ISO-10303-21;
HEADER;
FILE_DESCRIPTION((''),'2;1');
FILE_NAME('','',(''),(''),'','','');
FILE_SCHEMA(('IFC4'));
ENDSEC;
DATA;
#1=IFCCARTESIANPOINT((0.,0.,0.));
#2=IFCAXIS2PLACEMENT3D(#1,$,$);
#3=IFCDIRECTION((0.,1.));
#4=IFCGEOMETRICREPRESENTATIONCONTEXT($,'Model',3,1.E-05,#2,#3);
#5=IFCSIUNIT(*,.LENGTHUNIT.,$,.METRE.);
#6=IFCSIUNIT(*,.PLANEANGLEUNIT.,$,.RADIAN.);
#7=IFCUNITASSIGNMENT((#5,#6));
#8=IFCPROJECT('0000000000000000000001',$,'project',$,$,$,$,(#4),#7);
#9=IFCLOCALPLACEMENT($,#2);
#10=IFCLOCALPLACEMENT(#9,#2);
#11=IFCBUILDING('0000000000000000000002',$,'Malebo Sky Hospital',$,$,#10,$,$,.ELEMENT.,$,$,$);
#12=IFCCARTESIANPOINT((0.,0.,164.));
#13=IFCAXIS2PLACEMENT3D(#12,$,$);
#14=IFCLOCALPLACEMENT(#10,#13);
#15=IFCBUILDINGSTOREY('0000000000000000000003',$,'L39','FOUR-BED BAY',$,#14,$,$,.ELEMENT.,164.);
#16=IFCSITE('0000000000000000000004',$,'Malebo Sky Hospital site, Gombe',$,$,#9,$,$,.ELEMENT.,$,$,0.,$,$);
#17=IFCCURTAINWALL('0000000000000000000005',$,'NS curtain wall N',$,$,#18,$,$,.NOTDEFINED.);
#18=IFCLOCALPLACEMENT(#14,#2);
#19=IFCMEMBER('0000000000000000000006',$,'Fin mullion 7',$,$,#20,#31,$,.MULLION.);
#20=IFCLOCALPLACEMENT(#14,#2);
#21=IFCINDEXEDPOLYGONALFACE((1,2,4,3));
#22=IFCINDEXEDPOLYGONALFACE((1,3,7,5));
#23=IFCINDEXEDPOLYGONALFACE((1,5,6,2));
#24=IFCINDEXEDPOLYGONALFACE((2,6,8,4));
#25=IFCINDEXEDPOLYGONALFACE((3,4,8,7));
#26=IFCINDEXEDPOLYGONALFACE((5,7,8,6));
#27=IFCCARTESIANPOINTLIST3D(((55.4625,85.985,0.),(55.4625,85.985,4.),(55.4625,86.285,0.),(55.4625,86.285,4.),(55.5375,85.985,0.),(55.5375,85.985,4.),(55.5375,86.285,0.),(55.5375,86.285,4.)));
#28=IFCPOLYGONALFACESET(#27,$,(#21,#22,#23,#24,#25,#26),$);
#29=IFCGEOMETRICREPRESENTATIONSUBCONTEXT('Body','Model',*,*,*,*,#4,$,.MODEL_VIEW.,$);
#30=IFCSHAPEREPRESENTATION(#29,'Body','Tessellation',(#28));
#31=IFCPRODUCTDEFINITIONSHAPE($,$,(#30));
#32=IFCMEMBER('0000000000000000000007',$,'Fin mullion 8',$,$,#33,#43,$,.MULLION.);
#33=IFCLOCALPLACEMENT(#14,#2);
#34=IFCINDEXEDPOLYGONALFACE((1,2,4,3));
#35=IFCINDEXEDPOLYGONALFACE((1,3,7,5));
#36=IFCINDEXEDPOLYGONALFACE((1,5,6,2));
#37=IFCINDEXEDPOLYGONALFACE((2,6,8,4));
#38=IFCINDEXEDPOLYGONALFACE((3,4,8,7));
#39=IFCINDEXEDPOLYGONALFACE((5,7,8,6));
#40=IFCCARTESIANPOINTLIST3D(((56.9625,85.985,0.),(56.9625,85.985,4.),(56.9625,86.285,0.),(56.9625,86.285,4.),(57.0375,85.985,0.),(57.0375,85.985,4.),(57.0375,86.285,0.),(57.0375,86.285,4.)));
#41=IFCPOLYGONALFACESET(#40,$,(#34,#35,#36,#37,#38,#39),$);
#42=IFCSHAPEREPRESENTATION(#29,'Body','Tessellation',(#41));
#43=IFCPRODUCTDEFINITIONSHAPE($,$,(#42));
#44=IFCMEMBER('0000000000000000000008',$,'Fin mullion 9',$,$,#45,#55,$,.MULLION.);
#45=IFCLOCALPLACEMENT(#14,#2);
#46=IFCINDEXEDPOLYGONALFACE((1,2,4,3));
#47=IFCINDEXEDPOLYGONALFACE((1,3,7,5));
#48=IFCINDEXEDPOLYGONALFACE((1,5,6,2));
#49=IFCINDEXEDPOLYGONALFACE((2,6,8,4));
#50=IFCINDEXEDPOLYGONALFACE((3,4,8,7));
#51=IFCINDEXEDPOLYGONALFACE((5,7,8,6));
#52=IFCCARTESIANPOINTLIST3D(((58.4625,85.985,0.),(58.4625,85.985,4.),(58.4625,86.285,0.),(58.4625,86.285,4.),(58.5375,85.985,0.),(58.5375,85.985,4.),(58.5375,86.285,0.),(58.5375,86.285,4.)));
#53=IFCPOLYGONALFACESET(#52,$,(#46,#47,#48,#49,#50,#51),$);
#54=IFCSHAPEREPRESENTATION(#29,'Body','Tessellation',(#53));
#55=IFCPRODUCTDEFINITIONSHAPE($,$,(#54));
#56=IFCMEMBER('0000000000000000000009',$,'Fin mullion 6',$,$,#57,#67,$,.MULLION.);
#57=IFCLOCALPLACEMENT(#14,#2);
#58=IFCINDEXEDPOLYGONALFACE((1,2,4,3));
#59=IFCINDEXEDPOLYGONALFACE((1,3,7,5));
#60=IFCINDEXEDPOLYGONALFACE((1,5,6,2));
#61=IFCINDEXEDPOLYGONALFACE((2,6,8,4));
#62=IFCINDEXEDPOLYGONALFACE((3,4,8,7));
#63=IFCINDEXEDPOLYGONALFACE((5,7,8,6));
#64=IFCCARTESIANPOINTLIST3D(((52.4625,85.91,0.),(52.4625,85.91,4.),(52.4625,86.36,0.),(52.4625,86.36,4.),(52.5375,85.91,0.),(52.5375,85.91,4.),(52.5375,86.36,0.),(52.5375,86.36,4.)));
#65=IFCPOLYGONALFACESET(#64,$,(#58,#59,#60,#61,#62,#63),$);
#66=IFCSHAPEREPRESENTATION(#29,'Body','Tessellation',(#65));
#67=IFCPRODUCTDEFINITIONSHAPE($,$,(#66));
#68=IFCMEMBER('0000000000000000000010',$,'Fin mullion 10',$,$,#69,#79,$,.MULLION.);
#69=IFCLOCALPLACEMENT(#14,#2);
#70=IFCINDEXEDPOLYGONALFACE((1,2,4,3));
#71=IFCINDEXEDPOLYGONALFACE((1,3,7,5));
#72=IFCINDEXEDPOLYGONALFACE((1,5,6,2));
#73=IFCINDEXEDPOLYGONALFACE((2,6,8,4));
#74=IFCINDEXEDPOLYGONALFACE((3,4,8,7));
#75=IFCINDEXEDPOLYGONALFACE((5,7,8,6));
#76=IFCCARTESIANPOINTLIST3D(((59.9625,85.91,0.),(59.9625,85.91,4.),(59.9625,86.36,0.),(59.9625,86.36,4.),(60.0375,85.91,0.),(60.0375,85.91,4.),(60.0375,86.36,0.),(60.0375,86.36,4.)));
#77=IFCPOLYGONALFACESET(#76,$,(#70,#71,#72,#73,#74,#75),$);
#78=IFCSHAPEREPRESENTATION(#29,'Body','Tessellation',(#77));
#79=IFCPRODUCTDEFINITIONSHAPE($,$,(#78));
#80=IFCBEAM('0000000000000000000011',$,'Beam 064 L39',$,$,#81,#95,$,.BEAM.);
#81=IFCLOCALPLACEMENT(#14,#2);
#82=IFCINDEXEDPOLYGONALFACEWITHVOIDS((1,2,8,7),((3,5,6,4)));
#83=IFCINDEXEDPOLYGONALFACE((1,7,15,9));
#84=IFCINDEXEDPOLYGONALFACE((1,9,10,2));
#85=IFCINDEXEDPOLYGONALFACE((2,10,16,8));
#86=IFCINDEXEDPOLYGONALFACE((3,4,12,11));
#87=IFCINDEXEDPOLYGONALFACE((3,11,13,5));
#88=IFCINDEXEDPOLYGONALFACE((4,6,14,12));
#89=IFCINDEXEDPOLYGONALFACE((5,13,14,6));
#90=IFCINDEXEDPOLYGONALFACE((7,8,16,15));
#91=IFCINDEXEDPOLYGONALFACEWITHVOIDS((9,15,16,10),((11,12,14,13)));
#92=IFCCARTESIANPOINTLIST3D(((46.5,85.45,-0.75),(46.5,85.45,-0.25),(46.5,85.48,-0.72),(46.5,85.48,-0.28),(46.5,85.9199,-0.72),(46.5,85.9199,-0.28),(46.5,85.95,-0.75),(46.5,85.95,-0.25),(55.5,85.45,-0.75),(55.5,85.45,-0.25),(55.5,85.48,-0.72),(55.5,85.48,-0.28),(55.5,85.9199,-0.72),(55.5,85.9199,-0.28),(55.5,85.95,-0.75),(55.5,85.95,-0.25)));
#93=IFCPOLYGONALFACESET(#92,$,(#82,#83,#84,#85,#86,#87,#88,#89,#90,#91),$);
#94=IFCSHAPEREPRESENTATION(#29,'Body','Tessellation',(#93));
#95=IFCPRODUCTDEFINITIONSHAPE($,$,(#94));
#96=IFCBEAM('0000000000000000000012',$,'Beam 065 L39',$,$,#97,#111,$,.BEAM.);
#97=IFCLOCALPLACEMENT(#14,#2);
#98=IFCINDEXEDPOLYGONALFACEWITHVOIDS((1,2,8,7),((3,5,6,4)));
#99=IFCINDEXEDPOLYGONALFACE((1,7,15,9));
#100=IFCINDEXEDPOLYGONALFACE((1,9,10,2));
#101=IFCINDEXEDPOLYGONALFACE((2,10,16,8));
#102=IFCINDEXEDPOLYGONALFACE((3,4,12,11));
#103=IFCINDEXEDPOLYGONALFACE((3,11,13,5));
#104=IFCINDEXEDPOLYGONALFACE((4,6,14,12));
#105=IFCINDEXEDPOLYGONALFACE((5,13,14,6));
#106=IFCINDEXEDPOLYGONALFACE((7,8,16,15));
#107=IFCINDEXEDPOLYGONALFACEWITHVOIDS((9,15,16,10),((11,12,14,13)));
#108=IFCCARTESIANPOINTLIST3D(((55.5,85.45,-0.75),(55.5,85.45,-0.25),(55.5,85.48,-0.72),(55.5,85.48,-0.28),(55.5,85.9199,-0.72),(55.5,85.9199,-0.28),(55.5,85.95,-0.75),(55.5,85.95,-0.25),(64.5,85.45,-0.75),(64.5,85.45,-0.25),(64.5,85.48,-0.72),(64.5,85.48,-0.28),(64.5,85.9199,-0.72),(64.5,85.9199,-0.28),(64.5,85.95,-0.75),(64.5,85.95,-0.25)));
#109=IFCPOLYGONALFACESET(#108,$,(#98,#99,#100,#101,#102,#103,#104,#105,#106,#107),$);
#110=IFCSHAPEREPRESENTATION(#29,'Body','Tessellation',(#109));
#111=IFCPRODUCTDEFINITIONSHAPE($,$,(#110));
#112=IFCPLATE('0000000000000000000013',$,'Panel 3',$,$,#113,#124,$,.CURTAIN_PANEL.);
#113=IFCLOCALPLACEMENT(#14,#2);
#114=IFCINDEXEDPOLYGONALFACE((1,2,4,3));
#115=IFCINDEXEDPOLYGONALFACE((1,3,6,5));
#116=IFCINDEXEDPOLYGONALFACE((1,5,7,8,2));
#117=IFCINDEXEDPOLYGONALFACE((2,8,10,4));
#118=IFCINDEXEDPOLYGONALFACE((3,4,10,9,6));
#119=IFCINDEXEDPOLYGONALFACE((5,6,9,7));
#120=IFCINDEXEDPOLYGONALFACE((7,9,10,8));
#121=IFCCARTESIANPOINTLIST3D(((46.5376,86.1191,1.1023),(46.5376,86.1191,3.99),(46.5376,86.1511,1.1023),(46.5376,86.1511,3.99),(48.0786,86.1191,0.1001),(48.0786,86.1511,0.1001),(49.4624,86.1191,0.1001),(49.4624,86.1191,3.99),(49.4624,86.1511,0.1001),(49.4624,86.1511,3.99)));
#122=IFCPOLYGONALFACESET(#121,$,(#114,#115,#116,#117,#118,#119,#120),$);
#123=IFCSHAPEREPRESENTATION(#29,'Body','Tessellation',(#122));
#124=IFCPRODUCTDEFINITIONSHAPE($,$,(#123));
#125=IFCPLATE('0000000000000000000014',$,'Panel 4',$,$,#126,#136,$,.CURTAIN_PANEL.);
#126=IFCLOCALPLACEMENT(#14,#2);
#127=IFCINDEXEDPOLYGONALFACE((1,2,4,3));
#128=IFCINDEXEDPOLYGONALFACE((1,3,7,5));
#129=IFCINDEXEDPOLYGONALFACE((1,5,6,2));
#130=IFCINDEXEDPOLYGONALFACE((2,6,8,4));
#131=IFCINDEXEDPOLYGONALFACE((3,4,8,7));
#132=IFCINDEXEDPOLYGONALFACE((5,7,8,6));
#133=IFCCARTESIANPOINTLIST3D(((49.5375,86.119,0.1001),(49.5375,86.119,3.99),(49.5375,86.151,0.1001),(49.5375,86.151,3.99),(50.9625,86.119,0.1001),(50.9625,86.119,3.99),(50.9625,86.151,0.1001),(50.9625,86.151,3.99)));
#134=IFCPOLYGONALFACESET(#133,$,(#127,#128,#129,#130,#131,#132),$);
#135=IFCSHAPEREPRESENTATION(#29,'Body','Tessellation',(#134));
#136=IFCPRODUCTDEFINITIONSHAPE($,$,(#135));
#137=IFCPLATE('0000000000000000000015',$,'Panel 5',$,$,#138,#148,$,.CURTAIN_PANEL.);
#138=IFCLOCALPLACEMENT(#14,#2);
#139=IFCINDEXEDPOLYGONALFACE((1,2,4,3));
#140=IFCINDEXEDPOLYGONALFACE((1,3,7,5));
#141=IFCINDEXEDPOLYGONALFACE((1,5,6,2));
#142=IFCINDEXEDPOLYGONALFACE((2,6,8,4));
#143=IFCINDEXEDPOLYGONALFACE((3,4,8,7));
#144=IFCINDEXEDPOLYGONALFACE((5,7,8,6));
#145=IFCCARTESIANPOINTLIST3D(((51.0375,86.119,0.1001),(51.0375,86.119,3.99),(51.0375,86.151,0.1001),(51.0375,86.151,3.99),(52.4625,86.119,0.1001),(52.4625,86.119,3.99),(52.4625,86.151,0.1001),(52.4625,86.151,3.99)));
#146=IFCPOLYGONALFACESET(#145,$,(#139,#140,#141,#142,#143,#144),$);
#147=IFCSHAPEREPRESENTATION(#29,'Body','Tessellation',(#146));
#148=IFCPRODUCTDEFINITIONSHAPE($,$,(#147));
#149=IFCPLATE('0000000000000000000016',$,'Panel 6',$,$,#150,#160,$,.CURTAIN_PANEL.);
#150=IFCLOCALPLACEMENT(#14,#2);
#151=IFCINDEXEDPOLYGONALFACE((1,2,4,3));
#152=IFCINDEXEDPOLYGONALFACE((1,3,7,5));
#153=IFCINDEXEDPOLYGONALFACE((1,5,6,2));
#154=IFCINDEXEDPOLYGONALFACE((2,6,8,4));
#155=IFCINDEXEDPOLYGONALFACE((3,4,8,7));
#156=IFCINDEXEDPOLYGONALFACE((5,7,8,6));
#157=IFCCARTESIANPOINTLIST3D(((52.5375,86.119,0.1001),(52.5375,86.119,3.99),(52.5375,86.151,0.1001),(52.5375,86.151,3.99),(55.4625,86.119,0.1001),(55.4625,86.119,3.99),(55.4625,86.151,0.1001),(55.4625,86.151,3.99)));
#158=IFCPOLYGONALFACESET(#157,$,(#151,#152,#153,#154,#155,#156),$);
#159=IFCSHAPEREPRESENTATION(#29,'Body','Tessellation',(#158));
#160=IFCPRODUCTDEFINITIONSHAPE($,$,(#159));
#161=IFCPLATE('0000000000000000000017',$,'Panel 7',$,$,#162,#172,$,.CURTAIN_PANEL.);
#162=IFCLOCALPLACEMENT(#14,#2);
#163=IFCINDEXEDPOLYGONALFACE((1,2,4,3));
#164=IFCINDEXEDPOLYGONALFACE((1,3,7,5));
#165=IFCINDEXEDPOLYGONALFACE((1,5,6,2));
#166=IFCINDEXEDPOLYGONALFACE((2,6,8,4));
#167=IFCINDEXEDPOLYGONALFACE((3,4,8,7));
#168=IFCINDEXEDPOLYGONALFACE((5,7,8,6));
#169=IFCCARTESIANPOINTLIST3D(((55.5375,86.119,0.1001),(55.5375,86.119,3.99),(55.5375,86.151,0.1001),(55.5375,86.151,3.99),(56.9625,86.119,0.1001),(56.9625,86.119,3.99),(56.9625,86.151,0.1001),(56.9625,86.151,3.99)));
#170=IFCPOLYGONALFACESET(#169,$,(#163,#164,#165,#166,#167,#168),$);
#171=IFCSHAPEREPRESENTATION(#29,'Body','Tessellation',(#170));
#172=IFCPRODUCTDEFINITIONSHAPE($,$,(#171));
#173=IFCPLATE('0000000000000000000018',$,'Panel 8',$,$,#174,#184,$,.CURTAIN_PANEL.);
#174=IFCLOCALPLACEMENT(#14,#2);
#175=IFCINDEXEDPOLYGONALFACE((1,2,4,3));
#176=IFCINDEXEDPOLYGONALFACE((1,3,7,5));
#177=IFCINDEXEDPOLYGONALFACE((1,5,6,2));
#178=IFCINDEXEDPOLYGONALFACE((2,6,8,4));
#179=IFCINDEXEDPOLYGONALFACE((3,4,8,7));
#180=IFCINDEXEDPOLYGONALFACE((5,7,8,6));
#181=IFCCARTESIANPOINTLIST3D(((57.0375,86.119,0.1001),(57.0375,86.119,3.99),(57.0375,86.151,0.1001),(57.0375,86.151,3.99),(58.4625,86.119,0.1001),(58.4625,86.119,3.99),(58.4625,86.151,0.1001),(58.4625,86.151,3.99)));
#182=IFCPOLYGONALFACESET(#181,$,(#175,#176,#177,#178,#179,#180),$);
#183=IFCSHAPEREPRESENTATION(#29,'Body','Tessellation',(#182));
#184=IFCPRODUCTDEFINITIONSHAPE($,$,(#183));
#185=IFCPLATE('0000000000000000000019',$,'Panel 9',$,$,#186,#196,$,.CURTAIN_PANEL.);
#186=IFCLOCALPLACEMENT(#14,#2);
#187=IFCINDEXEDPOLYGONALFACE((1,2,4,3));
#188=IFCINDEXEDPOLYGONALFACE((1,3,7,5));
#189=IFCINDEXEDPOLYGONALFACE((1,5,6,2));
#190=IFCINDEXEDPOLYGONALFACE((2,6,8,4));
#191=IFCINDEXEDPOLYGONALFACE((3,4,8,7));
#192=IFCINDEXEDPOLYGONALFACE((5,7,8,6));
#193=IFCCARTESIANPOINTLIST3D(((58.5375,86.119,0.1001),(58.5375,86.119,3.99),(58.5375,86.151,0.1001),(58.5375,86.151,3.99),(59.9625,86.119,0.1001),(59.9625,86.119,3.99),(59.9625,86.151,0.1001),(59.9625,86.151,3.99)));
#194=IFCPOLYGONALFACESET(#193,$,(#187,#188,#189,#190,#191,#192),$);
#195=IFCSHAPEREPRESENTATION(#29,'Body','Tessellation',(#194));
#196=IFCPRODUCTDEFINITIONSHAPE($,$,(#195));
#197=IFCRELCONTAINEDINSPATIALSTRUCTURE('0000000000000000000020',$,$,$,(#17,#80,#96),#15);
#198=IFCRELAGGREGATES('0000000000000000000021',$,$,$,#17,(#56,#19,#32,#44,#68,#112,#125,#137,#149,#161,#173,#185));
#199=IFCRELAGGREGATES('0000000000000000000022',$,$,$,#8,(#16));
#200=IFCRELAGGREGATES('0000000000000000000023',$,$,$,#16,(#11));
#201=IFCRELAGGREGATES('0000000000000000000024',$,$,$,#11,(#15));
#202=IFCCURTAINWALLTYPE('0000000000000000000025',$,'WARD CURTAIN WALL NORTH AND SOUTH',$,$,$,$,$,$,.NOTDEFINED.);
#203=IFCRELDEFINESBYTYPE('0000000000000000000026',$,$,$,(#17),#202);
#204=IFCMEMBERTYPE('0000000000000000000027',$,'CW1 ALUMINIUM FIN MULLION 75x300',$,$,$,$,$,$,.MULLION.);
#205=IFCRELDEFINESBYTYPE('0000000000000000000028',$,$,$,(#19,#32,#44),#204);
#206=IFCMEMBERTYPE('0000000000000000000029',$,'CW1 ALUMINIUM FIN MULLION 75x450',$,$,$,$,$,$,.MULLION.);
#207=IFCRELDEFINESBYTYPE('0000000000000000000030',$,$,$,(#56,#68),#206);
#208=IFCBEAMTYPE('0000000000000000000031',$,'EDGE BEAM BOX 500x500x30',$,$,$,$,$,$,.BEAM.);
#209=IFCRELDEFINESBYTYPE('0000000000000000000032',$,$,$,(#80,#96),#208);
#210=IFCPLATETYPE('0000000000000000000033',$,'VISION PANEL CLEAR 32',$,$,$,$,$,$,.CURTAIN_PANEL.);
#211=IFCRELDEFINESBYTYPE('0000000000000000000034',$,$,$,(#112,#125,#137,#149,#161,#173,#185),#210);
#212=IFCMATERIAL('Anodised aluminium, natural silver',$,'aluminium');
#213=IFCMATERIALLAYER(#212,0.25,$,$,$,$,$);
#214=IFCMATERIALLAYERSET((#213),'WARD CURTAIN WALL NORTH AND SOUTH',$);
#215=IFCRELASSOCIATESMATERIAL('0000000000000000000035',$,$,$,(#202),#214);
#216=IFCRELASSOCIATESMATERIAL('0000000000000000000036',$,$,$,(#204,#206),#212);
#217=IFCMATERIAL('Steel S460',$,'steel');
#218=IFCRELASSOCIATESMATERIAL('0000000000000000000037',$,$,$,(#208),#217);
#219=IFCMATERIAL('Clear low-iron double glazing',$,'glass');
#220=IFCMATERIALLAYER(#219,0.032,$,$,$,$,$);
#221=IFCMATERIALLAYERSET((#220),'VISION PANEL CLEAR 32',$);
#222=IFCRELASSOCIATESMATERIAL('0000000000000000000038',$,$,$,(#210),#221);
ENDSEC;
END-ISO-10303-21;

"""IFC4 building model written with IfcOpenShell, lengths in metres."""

from ifc_helpers import new_model, si_unit, direction, frame, origin, origin_2d, place, context, subcontext, project, spatial, polyline, rectangle, hollow_rectangle, outline, extrude, material, layer, layer_set, material_profile, profile_set, type_object, element, aggregate, save


model = new_model("IFC4")

# Units and contexts
model_context = context("Model", 3, precision=1e-05, world=origin(), true_north=direction((0.0, 1.0)))
body_context = subcontext(model_context, "Body", "Model", "MODEL_VIEW")
ifc_project = project(units=[si_unit("LENGTHUNIT", "METRE"), si_unit("PLANEANGLEUNIT", "RADIAN")], contexts=[model_context])

# Site, building, storey
site_placement = place(None, origin())
site = spatial("IfcSite", under=ifc_project, at=site_placement, Name="Malebo Sky Hospital site, Gombe", CompositionType="ELEMENT", RefElevation=0.0)
building_placement = place(site_placement, origin())
building = spatial("IfcBuilding", under=site, at=building_placement, Name="Malebo Sky Hospital", CompositionType="ELEMENT")
storey_placement = place(building_placement, frame((0.0, 0.0, 164.0)))
storey = spatial("IfcBuildingStorey", under=building, at=storey_placement, Name="L39", Description="FOUR-BED BAY", CompositionType="ELEMENT", Elevation=164.0)

# Shared definitions
ifc_material_1 = material(Name="Steel S460", Category="steel")

# Curtain wall
ifc_material_2 = material(Name="Anodised aluminium, natural silver", Category="aluminium")
ifc_layer_1 = layer(ifc_material_2, 0.25)
ifc_layer_set_1 = layer_set([ifc_layer_1], Name="WARD CURTAIN WALL NORTH AND SOUTH")
curtain_wall_type = type_object("IfcCurtainWallType", Name="WARD CURTAIN WALL NORTH AND SOUTH", PredefinedType="NOTDEFINED", material=ifc_layer_set_1)
curtain_wall_placement = place(storey_placement, origin())
curtain_wall = element("IfcCurtainWall", 1, at=curtain_wall_placement, inside=storey, type_object=curtain_wall_type, Name="NS curtain wall N", PredefinedType="NOTDEFINED")

# Members
ifc_material_profile_1 = material_profile(ifc_material_2, rectangle(XDim=0.075, YDim=0.3, at=origin_2d()), Name="CW1 ALUMINIUM FIN MULLION 75x300")
ifc_profile_set_1 = profile_set([ifc_material_profile_1], Name="Anodised aluminium, natural silver")
member_type_1 = type_object("IfcMemberType", Name="CW1 ALUMINIUM FIN MULLION 75x300", PredefinedType="MULLION", material=ifc_profile_set_1)
member_1_placement = place(storey_placement, frame((55.5, 86.135, 0.0), z_axis=(0.0, 0.0, 1.0), x_axis=(1.0, 0.0, 0.0)))
member_1 = element("IfcMember", 2, at=member_1_placement, type_object=member_type_1, Name="Fin mullion 7", PredefinedType="MULLION", context=body_context, shape_type="SweptSolid", body=[
    extrude(rectangle(XDim=0.075, YDim=0.3, at=origin_2d()), origin(), (0.0, 0.0, 1.0), 4.0),
])
member_2_placement = place(storey_placement, frame((57.0, 86.135, 0.0), z_axis=(0.0, 0.0, 1.0), x_axis=(1.0, 0.0, 0.0)))
member_2 = element("IfcMember", 3, at=member_2_placement, type_object=member_type_1, Name="Fin mullion 8", PredefinedType="MULLION", context=body_context, shape_type="SweptSolid", body=[
    extrude(rectangle(XDim=0.075, YDim=0.3, at=origin_2d()), origin(), (0.0, 0.0, 1.0), 4.0),
])
member_3_placement = place(storey_placement, frame((58.5, 86.135, 0.0), z_axis=(0.0, 0.0, 1.0), x_axis=(1.0, 0.0, 0.0)))
member_3 = element("IfcMember", 4, at=member_3_placement, type_object=member_type_1, Name="Fin mullion 9", PredefinedType="MULLION", context=body_context, shape_type="SweptSolid", body=[
    extrude(rectangle(XDim=0.075, YDim=0.3, at=origin_2d()), origin(), (0.0, 0.0, 1.0), 4.0),
])
ifc_material_profile_2 = material_profile(ifc_material_2, rectangle(XDim=0.075, YDim=0.45, at=origin_2d()), Name="CW1 ALUMINIUM FIN MULLION 75x450")
ifc_profile_set_2 = profile_set([ifc_material_profile_2], Name="Anodised aluminium, natural silver")
member_type_2 = type_object("IfcMemberType", Name="CW1 ALUMINIUM FIN MULLION 75x450", PredefinedType="MULLION", material=ifc_profile_set_2)
member_4_placement = place(storey_placement, frame((52.5, 86.135, 0.0), z_axis=(0.0, 0.0, 1.0), x_axis=(1.0, 0.0, 0.0)))
member_4 = element("IfcMember", 5, at=member_4_placement, type_object=member_type_2, Name="Fin mullion 6", PredefinedType="MULLION", context=body_context, shape_type="SweptSolid", body=[
    extrude(rectangle(XDim=0.075, YDim=0.45, at=origin_2d()), origin(), (0.0, 0.0, 1.0), 4.0),
])
member_5_placement = place(storey_placement, frame((60.0, 86.135, 0.0), z_axis=(0.0, 0.0, 1.0), x_axis=(1.0, 0.0, 0.0)))
member_5 = element("IfcMember", 6, at=member_5_placement, type_object=member_type_2, Name="Fin mullion 10", PredefinedType="MULLION", context=body_context, shape_type="SweptSolid", body=[
    extrude(rectangle(XDim=0.075, YDim=0.45, at=origin_2d()), origin(), (0.0, 0.0, 1.0), 4.0),
])

# Beams
ifc_material_profile_3 = material_profile(ifc_material_1, hollow_rectangle(XDim=0.5, YDim=0.5, WallThickness=0.03, at=origin_2d()), Name="BOX 500x500x30")
ifc_profile_set_3 = profile_set([ifc_material_profile_3], Name="Steel S460")
beam_type = type_object("IfcBeamType", Name="EDGE BEAM BOX 500x500x30", PredefinedType="BEAM", material=ifc_profile_set_3)
for number, where, z_axis, x_axis, name in (
    (7, (46.5, 85.7, -0.5), (1.0, 0.0, 0.0), (0.0, 1.0, 0.0), "Beam 064 L39"),
    (8, (55.5, 85.7, -0.5), (1.0, 0.0, 0.0), (0.0, 1.0, 0.0), "Beam 065 L39"),
):
    element("IfcBeam", number, at=place(storey_placement, frame(where, z_axis=z_axis, x_axis=x_axis)), inside=storey, type_object=beam_type, Name=name, PredefinedType="BEAM", context=body_context, shape_type="SweptSolid", body=[
        extrude(hollow_rectangle(XDim=0.5, YDim=0.5, WallThickness=0.03, at=origin_2d()), origin(), (0.0, 0.0, 1.0), 9.0),
    ])

# Plates
ifc_material_3 = material(Name="Clear low-iron double glazing", Category="glass")
ifc_layer_2 = layer(ifc_material_3, 0.032)
ifc_layer_set_2 = layer_set([ifc_layer_2], Name="VISION PANEL CLEAR 32")
plate_type = type_object("IfcPlateType", Name="VISION PANEL CLEAR 32", PredefinedType="CURTAIN_PANEL", material=ifc_layer_set_2)
plate_1_placement = place(storey_placement, frame((48.0, 86.135, 0.1001), z_axis=(0.0, 0.0, 1.0), x_axis=(1.0, 0.0, 0.0)))
plate_1 = element("IfcPlate", 9, at=plate_1_placement, type_object=plate_type, Name="Panel 3", PredefinedType="CURTAIN_PANEL", context=body_context, shape_type="SweptSolid", body=[
    extrude(outline(polyline([(0.0786, 0.0), (1.4624, 0.0), (1.4624, 3.8899), (-1.4624, 3.8899), (-1.4624, 1.0022), (0.0786, 0.0)])), frame((0.0, 0.0161, 0.0), z_axis=(0.0, -1.0, 0.0), x_axis=(1.0, 0.0, 0.0)), (0.0, 0.0, 1.0), 0.032),
])
plate_2_placement = place(storey_placement, frame((50.25, 86.135, 0.1001), z_axis=(0.0, 0.0, 1.0), x_axis=(1.0, 0.0, 0.0)))
plate_2 = element("IfcPlate", 10, at=plate_2_placement, type_object=plate_type, Name="Panel 4", PredefinedType="CURTAIN_PANEL", context=body_context, shape_type="SweptSolid", body=[
    extrude(rectangle(XDim=1.425, YDim=0.032, at=origin_2d()), origin(), (0.0, 0.0, 1.0), 3.8899),
])
plate_3_placement = place(storey_placement, frame((51.75, 86.135, 0.1001), z_axis=(0.0, 0.0, 1.0), x_axis=(1.0, 0.0, 0.0)))
plate_3 = element("IfcPlate", 11, at=plate_3_placement, type_object=plate_type, Name="Panel 5", PredefinedType="CURTAIN_PANEL", context=body_context, shape_type="SweptSolid", body=[
    extrude(rectangle(XDim=1.425, YDim=0.032, at=origin_2d()), origin(), (0.0, 0.0, 1.0), 3.8899),
])
plate_4_placement = place(storey_placement, frame((54.0, 86.135, 0.1001), z_axis=(0.0, 0.0, 1.0), x_axis=(1.0, 0.0, 0.0)))
plate_4 = element("IfcPlate", 12, at=plate_4_placement, type_object=plate_type, Name="Panel 6", PredefinedType="CURTAIN_PANEL", context=body_context, shape_type="SweptSolid", body=[
    extrude(rectangle(XDim=2.925, YDim=0.032, at=origin_2d()), origin(), (0.0, 0.0, 1.0), 3.8899),
])
plate_5_placement = place(storey_placement, frame((56.25, 86.135, 0.1001), z_axis=(0.0, 0.0, 1.0), x_axis=(1.0, 0.0, 0.0)))
plate_5 = element("IfcPlate", 13, at=plate_5_placement, type_object=plate_type, Name="Panel 7", PredefinedType="CURTAIN_PANEL", context=body_context, shape_type="SweptSolid", body=[
    extrude(rectangle(XDim=1.425, YDim=0.032, at=origin_2d()), origin(), (0.0, 0.0, 1.0), 3.8899),
])
plate_6_placement = place(storey_placement, frame((57.75, 86.135, 0.1001), z_axis=(0.0, 0.0, 1.0), x_axis=(1.0, 0.0, 0.0)))
plate_6 = element("IfcPlate", 14, at=plate_6_placement, type_object=plate_type, Name="Panel 8", PredefinedType="CURTAIN_PANEL", context=body_context, shape_type="SweptSolid", body=[
    extrude(rectangle(XDim=1.425, YDim=0.032, at=origin_2d()), origin(), (0.0, 0.0, 1.0), 3.8899),
])
plate_7_placement = place(storey_placement, frame((59.25, 86.135, 0.1001), z_axis=(0.0, 0.0, 1.0), x_axis=(1.0, 0.0, 0.0)))
plate_7 = element("IfcPlate", 15, at=plate_7_placement, type_object=plate_type, Name="Panel 9", PredefinedType="CURTAIN_PANEL", context=body_context, shape_type="SweptSolid", body=[
    extrude(rectangle(XDim=1.425, YDim=0.032, at=origin_2d()), origin(), (0.0, 0.0, 1.0), 3.8899),
])
aggregate(curtain_wall, [member_4, member_1, member_2, member_3, member_5, plate_1, plate_2, plate_3, plate_4, plate_5, plate_6, plate_7])

save(model, "model.ifc")
